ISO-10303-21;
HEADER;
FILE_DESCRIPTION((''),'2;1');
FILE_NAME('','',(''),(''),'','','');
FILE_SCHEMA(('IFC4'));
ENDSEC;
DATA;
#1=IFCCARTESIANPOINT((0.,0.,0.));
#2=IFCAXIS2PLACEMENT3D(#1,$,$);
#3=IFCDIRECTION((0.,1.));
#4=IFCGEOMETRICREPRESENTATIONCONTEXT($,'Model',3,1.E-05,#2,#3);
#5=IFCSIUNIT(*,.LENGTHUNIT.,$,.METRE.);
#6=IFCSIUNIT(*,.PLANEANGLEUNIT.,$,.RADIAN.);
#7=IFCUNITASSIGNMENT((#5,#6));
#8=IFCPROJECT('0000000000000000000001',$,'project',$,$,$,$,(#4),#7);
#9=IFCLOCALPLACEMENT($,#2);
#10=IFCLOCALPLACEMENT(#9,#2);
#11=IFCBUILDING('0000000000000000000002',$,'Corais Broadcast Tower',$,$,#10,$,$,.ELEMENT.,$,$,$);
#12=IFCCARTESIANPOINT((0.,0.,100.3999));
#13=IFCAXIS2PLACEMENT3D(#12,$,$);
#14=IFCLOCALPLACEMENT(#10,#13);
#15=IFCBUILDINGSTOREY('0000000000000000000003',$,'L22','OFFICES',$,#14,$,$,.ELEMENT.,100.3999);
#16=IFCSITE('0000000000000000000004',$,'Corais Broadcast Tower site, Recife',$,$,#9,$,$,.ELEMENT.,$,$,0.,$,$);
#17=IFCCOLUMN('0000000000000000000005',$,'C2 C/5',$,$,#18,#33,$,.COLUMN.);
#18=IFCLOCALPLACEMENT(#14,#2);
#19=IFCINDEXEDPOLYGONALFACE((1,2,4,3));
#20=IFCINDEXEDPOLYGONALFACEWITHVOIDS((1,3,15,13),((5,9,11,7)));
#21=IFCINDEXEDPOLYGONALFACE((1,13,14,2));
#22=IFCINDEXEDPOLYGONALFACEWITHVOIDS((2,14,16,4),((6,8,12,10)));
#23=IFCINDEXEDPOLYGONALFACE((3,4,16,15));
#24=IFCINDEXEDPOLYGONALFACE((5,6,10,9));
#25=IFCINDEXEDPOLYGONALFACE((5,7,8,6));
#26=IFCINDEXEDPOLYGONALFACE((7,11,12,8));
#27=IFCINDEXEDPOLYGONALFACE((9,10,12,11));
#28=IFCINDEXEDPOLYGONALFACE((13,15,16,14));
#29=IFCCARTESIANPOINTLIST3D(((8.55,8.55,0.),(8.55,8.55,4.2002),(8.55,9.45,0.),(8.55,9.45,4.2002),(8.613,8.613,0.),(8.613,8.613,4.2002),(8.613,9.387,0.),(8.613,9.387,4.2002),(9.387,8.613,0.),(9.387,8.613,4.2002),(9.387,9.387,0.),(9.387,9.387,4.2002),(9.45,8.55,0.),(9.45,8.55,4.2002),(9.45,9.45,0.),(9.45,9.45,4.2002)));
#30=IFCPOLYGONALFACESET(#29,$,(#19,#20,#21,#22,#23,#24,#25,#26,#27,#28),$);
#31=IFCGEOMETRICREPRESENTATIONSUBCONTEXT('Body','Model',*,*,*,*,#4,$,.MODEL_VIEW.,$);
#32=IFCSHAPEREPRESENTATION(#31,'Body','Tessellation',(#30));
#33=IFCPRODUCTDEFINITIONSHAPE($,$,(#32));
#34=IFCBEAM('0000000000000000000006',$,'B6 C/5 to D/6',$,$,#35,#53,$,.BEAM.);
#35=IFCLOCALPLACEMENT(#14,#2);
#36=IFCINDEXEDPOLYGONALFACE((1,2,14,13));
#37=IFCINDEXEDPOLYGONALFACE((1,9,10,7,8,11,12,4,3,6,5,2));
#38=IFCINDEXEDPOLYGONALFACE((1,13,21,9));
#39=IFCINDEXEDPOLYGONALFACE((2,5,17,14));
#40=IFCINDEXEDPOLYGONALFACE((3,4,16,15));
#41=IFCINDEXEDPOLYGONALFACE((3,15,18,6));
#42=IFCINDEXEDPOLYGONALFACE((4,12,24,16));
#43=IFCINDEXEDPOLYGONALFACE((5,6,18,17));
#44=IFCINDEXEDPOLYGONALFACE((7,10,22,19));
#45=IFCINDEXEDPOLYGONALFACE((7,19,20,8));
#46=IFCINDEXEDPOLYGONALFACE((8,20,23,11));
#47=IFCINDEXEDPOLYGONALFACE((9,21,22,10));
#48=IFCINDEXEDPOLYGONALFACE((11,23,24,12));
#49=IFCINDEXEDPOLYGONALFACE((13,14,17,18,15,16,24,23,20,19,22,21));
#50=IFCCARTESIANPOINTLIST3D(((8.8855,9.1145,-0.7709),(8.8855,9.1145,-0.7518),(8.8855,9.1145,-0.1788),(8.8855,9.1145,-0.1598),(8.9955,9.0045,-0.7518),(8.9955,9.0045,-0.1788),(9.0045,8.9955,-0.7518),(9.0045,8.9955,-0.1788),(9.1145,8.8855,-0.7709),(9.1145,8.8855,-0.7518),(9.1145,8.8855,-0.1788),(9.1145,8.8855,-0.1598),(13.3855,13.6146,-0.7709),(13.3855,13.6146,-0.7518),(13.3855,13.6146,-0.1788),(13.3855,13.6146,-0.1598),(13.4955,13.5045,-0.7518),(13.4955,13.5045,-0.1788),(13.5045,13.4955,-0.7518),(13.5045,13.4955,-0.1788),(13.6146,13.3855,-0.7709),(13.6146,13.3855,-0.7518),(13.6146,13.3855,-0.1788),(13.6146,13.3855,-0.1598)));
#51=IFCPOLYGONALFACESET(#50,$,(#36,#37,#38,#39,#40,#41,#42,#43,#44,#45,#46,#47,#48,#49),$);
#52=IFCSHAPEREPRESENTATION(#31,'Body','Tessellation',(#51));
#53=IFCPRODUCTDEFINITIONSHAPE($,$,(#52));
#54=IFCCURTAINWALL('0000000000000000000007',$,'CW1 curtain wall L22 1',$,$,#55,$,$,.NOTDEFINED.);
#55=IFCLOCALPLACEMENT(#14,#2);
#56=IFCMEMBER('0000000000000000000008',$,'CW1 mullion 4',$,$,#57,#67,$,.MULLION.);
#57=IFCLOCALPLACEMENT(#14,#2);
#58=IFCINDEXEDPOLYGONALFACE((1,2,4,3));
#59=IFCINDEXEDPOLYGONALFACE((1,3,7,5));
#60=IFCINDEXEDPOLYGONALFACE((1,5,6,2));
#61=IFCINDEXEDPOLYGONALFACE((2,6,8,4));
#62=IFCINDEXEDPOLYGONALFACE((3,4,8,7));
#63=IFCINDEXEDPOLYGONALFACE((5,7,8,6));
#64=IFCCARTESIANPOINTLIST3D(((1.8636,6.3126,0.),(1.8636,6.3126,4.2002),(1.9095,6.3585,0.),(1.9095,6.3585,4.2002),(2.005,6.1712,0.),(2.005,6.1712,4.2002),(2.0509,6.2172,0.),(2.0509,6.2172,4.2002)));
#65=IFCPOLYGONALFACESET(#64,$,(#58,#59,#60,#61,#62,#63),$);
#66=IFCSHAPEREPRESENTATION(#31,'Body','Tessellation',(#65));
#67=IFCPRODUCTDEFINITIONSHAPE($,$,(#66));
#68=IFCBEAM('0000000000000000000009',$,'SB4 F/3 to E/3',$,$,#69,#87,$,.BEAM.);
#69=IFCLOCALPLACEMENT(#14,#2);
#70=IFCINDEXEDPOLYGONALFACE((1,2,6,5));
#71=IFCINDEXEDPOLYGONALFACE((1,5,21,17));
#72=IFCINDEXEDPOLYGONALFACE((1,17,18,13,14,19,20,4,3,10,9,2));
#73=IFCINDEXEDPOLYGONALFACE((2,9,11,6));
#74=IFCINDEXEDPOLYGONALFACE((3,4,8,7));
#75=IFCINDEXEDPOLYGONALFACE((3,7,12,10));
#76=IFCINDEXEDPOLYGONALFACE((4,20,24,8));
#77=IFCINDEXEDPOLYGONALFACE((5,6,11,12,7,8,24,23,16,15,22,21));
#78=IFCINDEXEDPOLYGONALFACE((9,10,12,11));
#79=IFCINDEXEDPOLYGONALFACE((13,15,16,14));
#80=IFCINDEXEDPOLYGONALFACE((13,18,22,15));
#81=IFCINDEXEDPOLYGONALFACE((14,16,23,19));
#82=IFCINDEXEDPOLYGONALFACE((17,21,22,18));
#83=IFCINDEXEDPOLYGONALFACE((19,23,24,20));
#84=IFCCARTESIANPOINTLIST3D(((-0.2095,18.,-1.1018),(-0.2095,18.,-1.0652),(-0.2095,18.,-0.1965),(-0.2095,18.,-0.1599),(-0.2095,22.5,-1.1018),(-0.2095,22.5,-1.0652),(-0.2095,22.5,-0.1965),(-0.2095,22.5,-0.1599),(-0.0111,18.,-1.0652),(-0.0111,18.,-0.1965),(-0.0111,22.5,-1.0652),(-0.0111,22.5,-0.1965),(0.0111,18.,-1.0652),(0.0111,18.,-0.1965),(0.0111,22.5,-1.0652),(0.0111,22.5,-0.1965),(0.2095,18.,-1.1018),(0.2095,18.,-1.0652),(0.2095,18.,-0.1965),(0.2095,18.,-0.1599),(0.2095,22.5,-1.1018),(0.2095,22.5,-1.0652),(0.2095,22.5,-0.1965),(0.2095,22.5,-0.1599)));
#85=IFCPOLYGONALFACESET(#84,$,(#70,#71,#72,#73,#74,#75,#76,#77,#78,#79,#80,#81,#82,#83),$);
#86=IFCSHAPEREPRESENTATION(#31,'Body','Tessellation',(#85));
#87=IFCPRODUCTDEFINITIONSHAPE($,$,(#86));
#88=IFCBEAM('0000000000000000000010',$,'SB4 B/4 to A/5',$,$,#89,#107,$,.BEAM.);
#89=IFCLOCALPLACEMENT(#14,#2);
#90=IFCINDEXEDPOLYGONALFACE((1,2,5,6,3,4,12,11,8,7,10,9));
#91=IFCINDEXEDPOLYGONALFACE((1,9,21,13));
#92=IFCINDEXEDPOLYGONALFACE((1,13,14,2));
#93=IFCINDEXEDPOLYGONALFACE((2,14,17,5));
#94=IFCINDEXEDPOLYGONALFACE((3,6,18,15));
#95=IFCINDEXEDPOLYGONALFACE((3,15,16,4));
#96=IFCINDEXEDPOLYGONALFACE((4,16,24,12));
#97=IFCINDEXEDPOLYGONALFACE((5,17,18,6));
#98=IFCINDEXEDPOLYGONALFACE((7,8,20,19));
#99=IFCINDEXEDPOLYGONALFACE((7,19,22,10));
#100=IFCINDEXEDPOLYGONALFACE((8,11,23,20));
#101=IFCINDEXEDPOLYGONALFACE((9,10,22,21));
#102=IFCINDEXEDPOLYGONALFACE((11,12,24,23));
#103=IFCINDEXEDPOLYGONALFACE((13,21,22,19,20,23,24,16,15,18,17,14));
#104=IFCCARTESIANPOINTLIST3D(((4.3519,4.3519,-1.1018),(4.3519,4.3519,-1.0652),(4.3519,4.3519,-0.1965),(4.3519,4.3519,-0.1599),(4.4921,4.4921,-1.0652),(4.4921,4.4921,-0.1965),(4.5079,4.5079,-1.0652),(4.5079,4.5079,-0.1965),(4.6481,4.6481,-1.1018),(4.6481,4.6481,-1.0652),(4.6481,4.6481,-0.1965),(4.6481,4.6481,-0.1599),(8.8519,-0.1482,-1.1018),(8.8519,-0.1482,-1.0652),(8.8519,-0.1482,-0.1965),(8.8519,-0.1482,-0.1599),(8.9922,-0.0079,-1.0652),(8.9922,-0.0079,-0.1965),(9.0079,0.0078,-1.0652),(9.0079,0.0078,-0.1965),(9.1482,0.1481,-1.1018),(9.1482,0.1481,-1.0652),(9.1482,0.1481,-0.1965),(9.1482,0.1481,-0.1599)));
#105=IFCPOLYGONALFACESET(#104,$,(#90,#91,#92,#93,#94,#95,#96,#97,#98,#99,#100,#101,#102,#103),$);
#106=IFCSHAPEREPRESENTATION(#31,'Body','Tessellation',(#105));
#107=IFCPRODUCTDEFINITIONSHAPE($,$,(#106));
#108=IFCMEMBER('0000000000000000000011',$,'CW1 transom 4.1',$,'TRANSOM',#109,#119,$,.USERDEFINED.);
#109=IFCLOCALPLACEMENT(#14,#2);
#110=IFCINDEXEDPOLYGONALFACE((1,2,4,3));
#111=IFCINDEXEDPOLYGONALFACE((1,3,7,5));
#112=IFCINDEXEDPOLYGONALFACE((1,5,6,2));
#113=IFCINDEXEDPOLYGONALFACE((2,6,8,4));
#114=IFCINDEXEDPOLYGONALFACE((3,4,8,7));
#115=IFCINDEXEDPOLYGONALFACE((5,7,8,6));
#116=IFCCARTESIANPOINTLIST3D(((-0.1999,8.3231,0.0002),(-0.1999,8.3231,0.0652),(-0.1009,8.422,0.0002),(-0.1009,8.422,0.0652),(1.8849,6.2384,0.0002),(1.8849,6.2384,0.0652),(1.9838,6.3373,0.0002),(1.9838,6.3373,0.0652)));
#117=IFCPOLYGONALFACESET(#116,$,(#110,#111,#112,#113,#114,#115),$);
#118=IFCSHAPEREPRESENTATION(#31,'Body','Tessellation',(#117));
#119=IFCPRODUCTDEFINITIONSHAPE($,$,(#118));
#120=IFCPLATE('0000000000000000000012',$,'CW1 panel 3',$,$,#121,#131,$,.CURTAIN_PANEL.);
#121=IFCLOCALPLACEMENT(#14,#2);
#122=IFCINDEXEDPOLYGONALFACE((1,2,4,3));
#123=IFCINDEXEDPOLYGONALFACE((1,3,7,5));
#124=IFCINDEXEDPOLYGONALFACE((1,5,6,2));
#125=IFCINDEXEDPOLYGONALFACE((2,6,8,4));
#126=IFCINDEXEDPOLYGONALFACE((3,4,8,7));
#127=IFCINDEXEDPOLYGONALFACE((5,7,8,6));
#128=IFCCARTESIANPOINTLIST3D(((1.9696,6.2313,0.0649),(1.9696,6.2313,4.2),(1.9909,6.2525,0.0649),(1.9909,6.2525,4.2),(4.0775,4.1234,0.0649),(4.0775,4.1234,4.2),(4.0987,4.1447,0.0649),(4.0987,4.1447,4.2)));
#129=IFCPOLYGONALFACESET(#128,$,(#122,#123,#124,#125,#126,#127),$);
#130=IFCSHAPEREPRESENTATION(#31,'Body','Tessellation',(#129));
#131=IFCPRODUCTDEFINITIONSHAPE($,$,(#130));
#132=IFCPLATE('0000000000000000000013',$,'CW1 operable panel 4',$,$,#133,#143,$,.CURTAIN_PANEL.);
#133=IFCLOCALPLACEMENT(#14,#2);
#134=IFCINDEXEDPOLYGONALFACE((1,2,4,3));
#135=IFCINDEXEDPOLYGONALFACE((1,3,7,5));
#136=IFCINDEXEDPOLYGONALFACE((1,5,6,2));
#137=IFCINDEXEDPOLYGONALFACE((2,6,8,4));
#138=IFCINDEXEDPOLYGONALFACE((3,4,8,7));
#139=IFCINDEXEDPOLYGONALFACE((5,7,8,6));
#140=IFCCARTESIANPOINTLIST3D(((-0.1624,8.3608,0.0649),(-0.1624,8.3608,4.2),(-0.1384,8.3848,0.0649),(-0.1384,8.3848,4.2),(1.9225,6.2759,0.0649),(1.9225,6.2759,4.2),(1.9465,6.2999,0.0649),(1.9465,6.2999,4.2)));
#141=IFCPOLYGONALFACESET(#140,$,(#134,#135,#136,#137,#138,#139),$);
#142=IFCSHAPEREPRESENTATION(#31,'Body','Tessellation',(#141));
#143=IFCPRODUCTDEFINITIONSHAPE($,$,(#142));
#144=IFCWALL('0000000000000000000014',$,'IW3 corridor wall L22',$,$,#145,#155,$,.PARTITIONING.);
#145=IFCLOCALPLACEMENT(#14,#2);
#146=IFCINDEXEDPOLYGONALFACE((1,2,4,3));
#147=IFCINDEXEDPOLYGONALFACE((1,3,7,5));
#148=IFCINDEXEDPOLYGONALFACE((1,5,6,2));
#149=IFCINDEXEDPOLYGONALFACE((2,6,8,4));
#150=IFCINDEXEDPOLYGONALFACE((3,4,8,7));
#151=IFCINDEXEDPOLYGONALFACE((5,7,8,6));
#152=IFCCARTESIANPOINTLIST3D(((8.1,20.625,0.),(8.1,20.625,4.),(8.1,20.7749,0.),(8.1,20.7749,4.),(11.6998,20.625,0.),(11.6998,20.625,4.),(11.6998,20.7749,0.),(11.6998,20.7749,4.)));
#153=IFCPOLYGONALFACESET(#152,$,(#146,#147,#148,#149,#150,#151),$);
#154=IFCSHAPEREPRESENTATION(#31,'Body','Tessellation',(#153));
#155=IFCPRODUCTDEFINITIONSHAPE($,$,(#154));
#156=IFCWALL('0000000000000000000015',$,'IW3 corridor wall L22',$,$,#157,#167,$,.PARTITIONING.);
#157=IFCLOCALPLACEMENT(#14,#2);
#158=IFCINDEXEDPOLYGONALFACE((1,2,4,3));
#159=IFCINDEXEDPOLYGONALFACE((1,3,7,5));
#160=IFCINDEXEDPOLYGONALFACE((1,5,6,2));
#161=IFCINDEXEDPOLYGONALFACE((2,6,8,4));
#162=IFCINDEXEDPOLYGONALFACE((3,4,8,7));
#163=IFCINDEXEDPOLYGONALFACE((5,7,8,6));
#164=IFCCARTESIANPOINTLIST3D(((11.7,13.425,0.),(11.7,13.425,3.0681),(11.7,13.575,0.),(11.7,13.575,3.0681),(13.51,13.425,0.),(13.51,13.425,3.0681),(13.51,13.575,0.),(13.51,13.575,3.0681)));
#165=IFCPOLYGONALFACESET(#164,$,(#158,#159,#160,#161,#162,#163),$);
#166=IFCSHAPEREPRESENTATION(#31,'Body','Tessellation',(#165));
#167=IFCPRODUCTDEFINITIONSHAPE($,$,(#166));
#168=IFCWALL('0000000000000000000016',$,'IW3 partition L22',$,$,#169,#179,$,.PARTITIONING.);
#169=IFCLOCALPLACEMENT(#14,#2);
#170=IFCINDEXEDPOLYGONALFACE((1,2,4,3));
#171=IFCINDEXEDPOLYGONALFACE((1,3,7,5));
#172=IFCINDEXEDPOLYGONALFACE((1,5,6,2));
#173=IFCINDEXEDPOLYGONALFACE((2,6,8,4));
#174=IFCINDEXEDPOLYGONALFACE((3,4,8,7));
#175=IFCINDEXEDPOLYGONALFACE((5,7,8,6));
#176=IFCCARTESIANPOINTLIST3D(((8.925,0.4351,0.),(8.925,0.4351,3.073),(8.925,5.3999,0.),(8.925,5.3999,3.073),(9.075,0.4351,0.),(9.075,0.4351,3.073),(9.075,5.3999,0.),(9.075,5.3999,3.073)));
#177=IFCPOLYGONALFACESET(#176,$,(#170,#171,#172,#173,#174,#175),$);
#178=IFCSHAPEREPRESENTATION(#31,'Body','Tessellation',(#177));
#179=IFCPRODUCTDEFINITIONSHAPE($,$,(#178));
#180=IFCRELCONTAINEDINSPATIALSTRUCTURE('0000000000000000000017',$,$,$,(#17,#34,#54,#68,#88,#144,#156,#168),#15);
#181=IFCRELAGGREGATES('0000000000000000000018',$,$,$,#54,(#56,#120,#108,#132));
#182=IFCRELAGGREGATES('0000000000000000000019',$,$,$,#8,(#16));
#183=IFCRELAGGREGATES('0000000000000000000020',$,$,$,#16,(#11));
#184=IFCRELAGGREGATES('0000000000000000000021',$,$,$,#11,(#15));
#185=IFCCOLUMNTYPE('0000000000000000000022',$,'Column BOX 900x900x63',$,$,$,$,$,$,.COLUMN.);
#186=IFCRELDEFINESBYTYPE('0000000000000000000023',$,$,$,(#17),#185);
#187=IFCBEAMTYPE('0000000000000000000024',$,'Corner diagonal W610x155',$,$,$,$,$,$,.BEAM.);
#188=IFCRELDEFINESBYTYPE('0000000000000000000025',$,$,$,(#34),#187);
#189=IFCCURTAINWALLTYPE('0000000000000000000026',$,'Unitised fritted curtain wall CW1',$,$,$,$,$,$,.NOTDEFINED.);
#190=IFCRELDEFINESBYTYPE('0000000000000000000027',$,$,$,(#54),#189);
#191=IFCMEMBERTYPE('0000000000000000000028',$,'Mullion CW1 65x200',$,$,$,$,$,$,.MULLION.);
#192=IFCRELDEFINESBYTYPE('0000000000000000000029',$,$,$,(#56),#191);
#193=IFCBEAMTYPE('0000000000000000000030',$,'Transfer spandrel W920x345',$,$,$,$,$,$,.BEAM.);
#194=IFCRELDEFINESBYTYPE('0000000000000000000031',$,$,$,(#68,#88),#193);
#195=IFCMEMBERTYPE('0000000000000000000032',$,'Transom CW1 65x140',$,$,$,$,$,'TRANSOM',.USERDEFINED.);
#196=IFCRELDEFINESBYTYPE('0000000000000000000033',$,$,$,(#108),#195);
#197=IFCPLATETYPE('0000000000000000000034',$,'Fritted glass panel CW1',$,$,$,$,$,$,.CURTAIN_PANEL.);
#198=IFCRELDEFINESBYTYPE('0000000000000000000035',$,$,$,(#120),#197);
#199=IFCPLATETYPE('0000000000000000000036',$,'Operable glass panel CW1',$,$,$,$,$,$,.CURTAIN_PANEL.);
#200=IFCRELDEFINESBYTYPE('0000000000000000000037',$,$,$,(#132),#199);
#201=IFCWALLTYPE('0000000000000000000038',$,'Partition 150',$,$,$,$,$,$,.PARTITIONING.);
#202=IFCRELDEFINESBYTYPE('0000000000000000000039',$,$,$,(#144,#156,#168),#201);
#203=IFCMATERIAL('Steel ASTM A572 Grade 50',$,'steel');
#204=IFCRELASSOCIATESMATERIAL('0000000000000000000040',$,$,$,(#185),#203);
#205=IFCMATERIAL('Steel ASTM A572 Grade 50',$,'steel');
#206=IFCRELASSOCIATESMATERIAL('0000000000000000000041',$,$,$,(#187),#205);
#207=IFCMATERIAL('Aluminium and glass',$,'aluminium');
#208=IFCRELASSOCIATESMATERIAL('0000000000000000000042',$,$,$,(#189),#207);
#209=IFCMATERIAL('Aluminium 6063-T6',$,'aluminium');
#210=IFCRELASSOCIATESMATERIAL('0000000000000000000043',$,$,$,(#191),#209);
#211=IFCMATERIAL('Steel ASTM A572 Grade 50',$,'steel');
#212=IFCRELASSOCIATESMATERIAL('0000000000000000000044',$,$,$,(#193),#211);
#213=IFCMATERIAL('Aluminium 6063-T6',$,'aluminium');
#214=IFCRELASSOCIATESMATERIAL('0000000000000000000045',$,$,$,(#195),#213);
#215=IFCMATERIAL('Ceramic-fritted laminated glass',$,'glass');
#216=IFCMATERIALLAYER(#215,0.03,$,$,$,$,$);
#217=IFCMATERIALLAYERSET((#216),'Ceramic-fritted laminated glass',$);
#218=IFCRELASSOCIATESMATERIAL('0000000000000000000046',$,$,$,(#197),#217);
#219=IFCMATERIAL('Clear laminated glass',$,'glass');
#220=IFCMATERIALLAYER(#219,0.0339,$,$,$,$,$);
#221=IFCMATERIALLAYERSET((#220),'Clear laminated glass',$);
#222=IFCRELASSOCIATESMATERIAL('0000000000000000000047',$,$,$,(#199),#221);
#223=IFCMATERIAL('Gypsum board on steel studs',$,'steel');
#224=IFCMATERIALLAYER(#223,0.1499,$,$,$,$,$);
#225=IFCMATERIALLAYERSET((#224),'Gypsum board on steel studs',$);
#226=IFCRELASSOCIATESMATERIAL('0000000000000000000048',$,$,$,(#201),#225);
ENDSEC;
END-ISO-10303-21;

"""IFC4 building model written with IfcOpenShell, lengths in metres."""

from ifc_helpers import new_model, si_unit, direction, frame, frame_2d, origin, origin_2d, place, context, subcontext, project, spatial, rectangle, hollow_rectangle, i_section, extrude, material, layer, layer_set, material_profile, profile_set, type_object, element, aggregate, save


model = new_model("IFC4")

# Units and contexts
model_context = context("Model", 3, precision=1e-05, world=origin(), true_north=direction((0.0, 1.0)))
body_context = subcontext(model_context, "Body", "Model", "MODEL_VIEW")
ifc_project = project(units=[si_unit("LENGTHUNIT", "METRE"), si_unit("PLANEANGLEUNIT", "RADIAN")], contexts=[model_context])

# Site, building, storey
site_placement = place(None, origin())
site = spatial("IfcSite", under=ifc_project, at=site_placement, Name="Corais Broadcast Tower site, Recife", CompositionType="ELEMENT", RefElevation=0.0)
building_placement = place(site_placement, origin())
building = spatial("IfcBuilding", under=site, at=building_placement, Name="Corais Broadcast Tower", CompositionType="ELEMENT")
storey_placement = place(building_placement, frame((0.0, 0.0, 100.3999)))
storey = spatial("IfcBuildingStorey", under=building, at=storey_placement, Name="L22", Description="OFFICES", CompositionType="ELEMENT", Elevation=100.3999)

# Column
ifc_material_1 = material(Name="Steel ASTM A572 Grade 50", Category="steel")
ifc_material_profile_1 = material_profile(ifc_material_1, hollow_rectangle(XDim=0.8999, YDim=0.8999, WallThickness=0.063, at=origin_2d()), Name="BOX 900x900x63")
ifc_profile_set_1 = profile_set([ifc_material_profile_1], Name="Steel ASTM A572 Grade 50")
column_type = type_object("IfcColumnType", Name="Column BOX 900x900x63", PredefinedType="COLUMN", material=ifc_profile_set_1)
column_placement = place(storey_placement, frame((9.0, 9.0, 0.0), z_axis=(0.0, 0.0, 1.0), x_axis=(1.0, 0.0, 0.0)))
element("IfcColumn", 1, at=column_placement, inside=storey, type_object=column_type, Name="C2 C/5", PredefinedType="COLUMN", context=body_context, shape_type="SweptSolid", body=[
    extrude(hollow_rectangle(XDim=0.8999, YDim=0.8999, WallThickness=0.063, at=origin_2d()), origin(), (0.0, 0.0, 1.0), 4.2002),
])

# Beam
ifc_material_2 = material(Name="Steel ASTM A572 Grade 50", Category="steel")
ifc_material_profile_2 = material_profile(ifc_material_2, i_section(OverallWidth=0.324, OverallDepth=0.6111, WebThickness=0.0127, FlangeThickness=0.019, at=origin_2d()), Name="W610x155")
ifc_profile_set_2 = profile_set([ifc_material_profile_2], Name="Steel ASTM A572 Grade 50")
beam_type_1 = type_object("IfcBeamType", Name="Corner diagonal W610x155", PredefinedType="BEAM", material=ifc_profile_set_2)
beam_1_placement = place(storey_placement, frame((9.0, 9.0, -0.4653), z_axis=(0.707107, 0.707107, 0.0), x_axis=(-0.707107, 0.707107, 0.0)))
element("IfcBeam", 2, at=beam_1_placement, inside=storey, type_object=beam_type_1, Name="B6 C/5 to D/6", PredefinedType="BEAM", context=body_context, shape_type="SweptSolid", body=[
    extrude(i_section(OverallWidth=0.324, OverallDepth=0.6111, WebThickness=0.0127, FlangeThickness=0.019, at=origin_2d()), origin(), (0.0, 0.0, 1.0), 6.364),
])

# Curtain wall, member
ifc_material_3 = material(Name="Aluminium and glass", Category="aluminium")
curtain_wall_type = type_object("IfcCurtainWallType", Name="Unitised fritted curtain wall CW1", PredefinedType="NOTDEFINED", material=ifc_material_3)
curtain_wall_placement = place(storey_placement, origin())
curtain_wall = element("IfcCurtainWall", 3, at=curtain_wall_placement, inside=storey, type_object=curtain_wall_type, Name="CW1 curtain wall L22 1", PredefinedType="NOTDEFINED")
ifc_material_4 = material(Name="Aluminium 6063-T6", Category="aluminium")
ifc_material_profile_3 = material_profile(ifc_material_4, rectangle(XDim=0.0649, YDim=0.2, at=origin_2d()), Name="Mullion CW1 65x200")
ifc_profile_set_3 = profile_set([ifc_material_profile_3], Name="Aluminium 6063-T6")
member_type_1 = type_object("IfcMemberType", Name="Mullion CW1 65x200", PredefinedType="MULLION", material=ifc_profile_set_3)
member_1_placement = place(storey_placement, frame((1.9573, 6.2649, 0.0), z_axis=(0.0, 0.0, 1.0), x_axis=(-0.707107, -0.707107, 0.0)))
member_1 = element("IfcMember", 4, at=member_1_placement, type_object=member_type_1, Name="CW1 mullion 4", PredefinedType="MULLION", context=body_context, shape_type="SweptSolid", body=[
    extrude(rectangle(XDim=0.0649, YDim=0.2, at=origin_2d()), origin(), (0.0, 0.0, 1.0), 4.2002),
])

# Beams
ifc_material_5 = material(Name="Steel ASTM A572 Grade 50", Category="steel")
ifc_material_profile_4 = material_profile(ifc_material_5, i_section(OverallWidth=0.4189, OverallDepth=0.9419, WebThickness=0.0222, FlangeThickness=0.0366, at=origin_2d()), Name="W920x345")
ifc_profile_set_4 = profile_set([ifc_material_profile_4], Name="Steel ASTM A572 Grade 50")
beam_type_2 = type_object("IfcBeamType", Name="Transfer spandrel W920x345", PredefinedType="BEAM", material=ifc_profile_set_4)
beam_2_placement = place(storey_placement, frame((0.0, 22.5, -0.6309), z_axis=(0.0, -1.0, 0.0), x_axis=(1.0, 0.0, 0.0)))
element("IfcBeam", 5, at=beam_2_placement, inside=storey, type_object=beam_type_2, Name="SB4 F/3 to E/3", PredefinedType="BEAM", context=body_context, shape_type="SweptSolid", body=[
    extrude(i_section(OverallWidth=0.4189, OverallDepth=0.9419, WebThickness=0.0222, FlangeThickness=0.0366, at=origin_2d()), origin(), (0.0, 0.0, 1.0), 4.5),
])
beam_3_placement = place(storey_placement, frame((4.5, 4.5, -0.6309), z_axis=(0.707107, -0.707107, 0.0), x_axis=(0.707107, 0.707107, 0.0)))
element("IfcBeam", 6, at=beam_3_placement, inside=storey, type_object=beam_type_2, Name="SB4 B/4 to A/5", PredefinedType="BEAM", context=body_context, shape_type="SweptSolid", body=[
    extrude(i_section(OverallWidth=0.4189, OverallDepth=0.9419, WebThickness=0.0222, FlangeThickness=0.0366, at=origin_2d()), origin(), (0.0, 0.0, 1.0), 6.364),
])

# Member
ifc_material_6 = material(Name="Aluminium 6063-T6", Category="aluminium")
ifc_material_profile_5 = material_profile(ifc_material_6, rectangle(XDim=0.1399, YDim=0.0649, at=origin_2d()), Name="Transom CW1 65x140")
ifc_profile_set_5 = profile_set([ifc_material_profile_5], Name="Aluminium 6063-T6")
member_type_2 = type_object("IfcMemberType", Name="Transom CW1 65x140", ElementType="TRANSOM", PredefinedType="USERDEFINED", material=ifc_profile_set_5)
member_2_placement = place(storey_placement, frame((1.9343, 6.2878, 0.0327), z_axis=(-0.707107, 0.707107, 0.0), x_axis=(-0.707107, -0.707107, 0.0)))
member_2 = element("IfcMember", 7, at=member_2_placement, type_object=member_type_2, Name="CW1 transom 4.1", ObjectType="TRANSOM", PredefinedType="USERDEFINED", context=body_context, shape_type="SweptSolid", body=[
    extrude(rectangle(XDim=0.1399, YDim=0.0649, at=origin_2d()), origin(), (0.0, 0.0, 1.0), 2.9482),
])

# Plates
ifc_material_7 = material(Name="Ceramic-fritted laminated glass", Category="glass")
ifc_layer_1 = layer(ifc_material_7, 0.03)
ifc_layer_set_1 = layer_set([ifc_layer_1], Name="Ceramic-fritted laminated glass")
plate_type_1 = type_object("IfcPlateType", Name="Fritted glass panel CW1", PredefinedType="CURTAIN_PANEL", material=ifc_layer_set_1)
plate_1_placement = place(storey_placement, frame((3.0342, 5.188, 0.0649), z_axis=(0.0, 0.0, 1.0), x_axis=(-0.707107, 0.707107, 0.0)))
plate_1 = element("IfcPlate", 8, at=plate_1_placement, type_object=plate_type_1, Name="CW1 panel 3", PredefinedType="CURTAIN_PANEL", context=body_context, shape_type="SweptSolid", body=[
    extrude(rectangle(XDim=2.981, YDim=0.03, at=origin_2d()), origin(), (0.0, 0.0, 1.0), 4.135),
])
ifc_material_8 = material(Name="Clear laminated glass", Category="glass")
ifc_layer_2 = layer(ifc_material_8, 0.0339)
ifc_layer_set_2 = layer_set([ifc_layer_2], Name="Clear laminated glass")
plate_type_2 = type_object("IfcPlateType", Name="Operable glass panel CW1", PredefinedType="CURTAIN_PANEL", material=ifc_layer_set_2)
plate_2_placement = place(storey_placement, frame((0.8921, 7.3303, 0.0649), z_axis=(0.0, 0.0, 1.0), x_axis=(-0.707107, 0.707107, 0.0)))
plate_2 = element("IfcPlate", 9, at=plate_2_placement, type_object=plate_type_2, Name="CW1 operable panel 4", PredefinedType="CURTAIN_PANEL", context=body_context, shape_type="SweptSolid", body=[
    extrude(rectangle(XDim=2.9485, YDim=0.0339, at=origin_2d()), origin(), (0.0, 0.0, 1.0), 4.135),
])
aggregate(curtain_wall, [member_1, plate_1, member_2, plate_2])

# Walls
ifc_material_9 = material(Name="Gypsum board on steel studs", Category="steel")
ifc_layer_3 = layer(ifc_material_9, 0.1499)
ifc_layer_set_3 = layer_set([ifc_layer_3], Name="Gypsum board on steel studs")
wall_type = type_object("IfcWallType", Name="Partition 150", PredefinedType="PARTITIONING", material=ifc_layer_set_3)
wall_1_placement = place(storey_placement, frame((8.1001, 20.7, 0.0), z_axis=(0.0, 0.0, 1.0), x_axis=(1.0, 0.0, 0.0)))
element("IfcWall", 10, at=wall_1_placement, inside=storey, type_object=wall_type, Name="IW3 corridor wall L22", PredefinedType="PARTITIONING", context=body_context, shape_type="SweptSolid", body=[
    extrude(rectangle(XDim=3.5999, YDim=0.1499, at=frame_2d((1.7998, 0.0))), origin(), (0.0, 0.0, 1.0), 4.0),
])
wall_2_placement = place(storey_placement, frame((11.7, 13.5, 0.0), z_axis=(0.0, 0.0, 1.0), x_axis=(1.0, 0.0, 0.0)))
element("IfcWall", 11, at=wall_2_placement, inside=storey, type_object=wall_type, Name="IW3 corridor wall L22", PredefinedType="PARTITIONING", context=body_context, shape_type="SweptSolid", body=[
    extrude(rectangle(XDim=1.8101, YDim=0.1499, at=frame_2d((0.905, 0.0))), origin(), (0.0, 0.0, 1.0), 3.0681),
])
wall_3_placement = place(storey_placement, frame((9.0, 5.3999, 0.0), z_axis=(0.0, 0.0, 1.0), x_axis=(0.0, -1.0, 0.0)))
element("IfcWall", 12, at=wall_3_placement, inside=storey, type_object=wall_type, Name="IW3 partition L22", PredefinedType="PARTITIONING", context=body_context, shape_type="SweptSolid", body=[
    extrude(rectangle(XDim=4.9648, YDim=0.1499, at=frame_2d((2.4824, 0.0))), origin(), (0.0, 0.0, 1.0), 3.073),
])

save(model, "model.ifc")
